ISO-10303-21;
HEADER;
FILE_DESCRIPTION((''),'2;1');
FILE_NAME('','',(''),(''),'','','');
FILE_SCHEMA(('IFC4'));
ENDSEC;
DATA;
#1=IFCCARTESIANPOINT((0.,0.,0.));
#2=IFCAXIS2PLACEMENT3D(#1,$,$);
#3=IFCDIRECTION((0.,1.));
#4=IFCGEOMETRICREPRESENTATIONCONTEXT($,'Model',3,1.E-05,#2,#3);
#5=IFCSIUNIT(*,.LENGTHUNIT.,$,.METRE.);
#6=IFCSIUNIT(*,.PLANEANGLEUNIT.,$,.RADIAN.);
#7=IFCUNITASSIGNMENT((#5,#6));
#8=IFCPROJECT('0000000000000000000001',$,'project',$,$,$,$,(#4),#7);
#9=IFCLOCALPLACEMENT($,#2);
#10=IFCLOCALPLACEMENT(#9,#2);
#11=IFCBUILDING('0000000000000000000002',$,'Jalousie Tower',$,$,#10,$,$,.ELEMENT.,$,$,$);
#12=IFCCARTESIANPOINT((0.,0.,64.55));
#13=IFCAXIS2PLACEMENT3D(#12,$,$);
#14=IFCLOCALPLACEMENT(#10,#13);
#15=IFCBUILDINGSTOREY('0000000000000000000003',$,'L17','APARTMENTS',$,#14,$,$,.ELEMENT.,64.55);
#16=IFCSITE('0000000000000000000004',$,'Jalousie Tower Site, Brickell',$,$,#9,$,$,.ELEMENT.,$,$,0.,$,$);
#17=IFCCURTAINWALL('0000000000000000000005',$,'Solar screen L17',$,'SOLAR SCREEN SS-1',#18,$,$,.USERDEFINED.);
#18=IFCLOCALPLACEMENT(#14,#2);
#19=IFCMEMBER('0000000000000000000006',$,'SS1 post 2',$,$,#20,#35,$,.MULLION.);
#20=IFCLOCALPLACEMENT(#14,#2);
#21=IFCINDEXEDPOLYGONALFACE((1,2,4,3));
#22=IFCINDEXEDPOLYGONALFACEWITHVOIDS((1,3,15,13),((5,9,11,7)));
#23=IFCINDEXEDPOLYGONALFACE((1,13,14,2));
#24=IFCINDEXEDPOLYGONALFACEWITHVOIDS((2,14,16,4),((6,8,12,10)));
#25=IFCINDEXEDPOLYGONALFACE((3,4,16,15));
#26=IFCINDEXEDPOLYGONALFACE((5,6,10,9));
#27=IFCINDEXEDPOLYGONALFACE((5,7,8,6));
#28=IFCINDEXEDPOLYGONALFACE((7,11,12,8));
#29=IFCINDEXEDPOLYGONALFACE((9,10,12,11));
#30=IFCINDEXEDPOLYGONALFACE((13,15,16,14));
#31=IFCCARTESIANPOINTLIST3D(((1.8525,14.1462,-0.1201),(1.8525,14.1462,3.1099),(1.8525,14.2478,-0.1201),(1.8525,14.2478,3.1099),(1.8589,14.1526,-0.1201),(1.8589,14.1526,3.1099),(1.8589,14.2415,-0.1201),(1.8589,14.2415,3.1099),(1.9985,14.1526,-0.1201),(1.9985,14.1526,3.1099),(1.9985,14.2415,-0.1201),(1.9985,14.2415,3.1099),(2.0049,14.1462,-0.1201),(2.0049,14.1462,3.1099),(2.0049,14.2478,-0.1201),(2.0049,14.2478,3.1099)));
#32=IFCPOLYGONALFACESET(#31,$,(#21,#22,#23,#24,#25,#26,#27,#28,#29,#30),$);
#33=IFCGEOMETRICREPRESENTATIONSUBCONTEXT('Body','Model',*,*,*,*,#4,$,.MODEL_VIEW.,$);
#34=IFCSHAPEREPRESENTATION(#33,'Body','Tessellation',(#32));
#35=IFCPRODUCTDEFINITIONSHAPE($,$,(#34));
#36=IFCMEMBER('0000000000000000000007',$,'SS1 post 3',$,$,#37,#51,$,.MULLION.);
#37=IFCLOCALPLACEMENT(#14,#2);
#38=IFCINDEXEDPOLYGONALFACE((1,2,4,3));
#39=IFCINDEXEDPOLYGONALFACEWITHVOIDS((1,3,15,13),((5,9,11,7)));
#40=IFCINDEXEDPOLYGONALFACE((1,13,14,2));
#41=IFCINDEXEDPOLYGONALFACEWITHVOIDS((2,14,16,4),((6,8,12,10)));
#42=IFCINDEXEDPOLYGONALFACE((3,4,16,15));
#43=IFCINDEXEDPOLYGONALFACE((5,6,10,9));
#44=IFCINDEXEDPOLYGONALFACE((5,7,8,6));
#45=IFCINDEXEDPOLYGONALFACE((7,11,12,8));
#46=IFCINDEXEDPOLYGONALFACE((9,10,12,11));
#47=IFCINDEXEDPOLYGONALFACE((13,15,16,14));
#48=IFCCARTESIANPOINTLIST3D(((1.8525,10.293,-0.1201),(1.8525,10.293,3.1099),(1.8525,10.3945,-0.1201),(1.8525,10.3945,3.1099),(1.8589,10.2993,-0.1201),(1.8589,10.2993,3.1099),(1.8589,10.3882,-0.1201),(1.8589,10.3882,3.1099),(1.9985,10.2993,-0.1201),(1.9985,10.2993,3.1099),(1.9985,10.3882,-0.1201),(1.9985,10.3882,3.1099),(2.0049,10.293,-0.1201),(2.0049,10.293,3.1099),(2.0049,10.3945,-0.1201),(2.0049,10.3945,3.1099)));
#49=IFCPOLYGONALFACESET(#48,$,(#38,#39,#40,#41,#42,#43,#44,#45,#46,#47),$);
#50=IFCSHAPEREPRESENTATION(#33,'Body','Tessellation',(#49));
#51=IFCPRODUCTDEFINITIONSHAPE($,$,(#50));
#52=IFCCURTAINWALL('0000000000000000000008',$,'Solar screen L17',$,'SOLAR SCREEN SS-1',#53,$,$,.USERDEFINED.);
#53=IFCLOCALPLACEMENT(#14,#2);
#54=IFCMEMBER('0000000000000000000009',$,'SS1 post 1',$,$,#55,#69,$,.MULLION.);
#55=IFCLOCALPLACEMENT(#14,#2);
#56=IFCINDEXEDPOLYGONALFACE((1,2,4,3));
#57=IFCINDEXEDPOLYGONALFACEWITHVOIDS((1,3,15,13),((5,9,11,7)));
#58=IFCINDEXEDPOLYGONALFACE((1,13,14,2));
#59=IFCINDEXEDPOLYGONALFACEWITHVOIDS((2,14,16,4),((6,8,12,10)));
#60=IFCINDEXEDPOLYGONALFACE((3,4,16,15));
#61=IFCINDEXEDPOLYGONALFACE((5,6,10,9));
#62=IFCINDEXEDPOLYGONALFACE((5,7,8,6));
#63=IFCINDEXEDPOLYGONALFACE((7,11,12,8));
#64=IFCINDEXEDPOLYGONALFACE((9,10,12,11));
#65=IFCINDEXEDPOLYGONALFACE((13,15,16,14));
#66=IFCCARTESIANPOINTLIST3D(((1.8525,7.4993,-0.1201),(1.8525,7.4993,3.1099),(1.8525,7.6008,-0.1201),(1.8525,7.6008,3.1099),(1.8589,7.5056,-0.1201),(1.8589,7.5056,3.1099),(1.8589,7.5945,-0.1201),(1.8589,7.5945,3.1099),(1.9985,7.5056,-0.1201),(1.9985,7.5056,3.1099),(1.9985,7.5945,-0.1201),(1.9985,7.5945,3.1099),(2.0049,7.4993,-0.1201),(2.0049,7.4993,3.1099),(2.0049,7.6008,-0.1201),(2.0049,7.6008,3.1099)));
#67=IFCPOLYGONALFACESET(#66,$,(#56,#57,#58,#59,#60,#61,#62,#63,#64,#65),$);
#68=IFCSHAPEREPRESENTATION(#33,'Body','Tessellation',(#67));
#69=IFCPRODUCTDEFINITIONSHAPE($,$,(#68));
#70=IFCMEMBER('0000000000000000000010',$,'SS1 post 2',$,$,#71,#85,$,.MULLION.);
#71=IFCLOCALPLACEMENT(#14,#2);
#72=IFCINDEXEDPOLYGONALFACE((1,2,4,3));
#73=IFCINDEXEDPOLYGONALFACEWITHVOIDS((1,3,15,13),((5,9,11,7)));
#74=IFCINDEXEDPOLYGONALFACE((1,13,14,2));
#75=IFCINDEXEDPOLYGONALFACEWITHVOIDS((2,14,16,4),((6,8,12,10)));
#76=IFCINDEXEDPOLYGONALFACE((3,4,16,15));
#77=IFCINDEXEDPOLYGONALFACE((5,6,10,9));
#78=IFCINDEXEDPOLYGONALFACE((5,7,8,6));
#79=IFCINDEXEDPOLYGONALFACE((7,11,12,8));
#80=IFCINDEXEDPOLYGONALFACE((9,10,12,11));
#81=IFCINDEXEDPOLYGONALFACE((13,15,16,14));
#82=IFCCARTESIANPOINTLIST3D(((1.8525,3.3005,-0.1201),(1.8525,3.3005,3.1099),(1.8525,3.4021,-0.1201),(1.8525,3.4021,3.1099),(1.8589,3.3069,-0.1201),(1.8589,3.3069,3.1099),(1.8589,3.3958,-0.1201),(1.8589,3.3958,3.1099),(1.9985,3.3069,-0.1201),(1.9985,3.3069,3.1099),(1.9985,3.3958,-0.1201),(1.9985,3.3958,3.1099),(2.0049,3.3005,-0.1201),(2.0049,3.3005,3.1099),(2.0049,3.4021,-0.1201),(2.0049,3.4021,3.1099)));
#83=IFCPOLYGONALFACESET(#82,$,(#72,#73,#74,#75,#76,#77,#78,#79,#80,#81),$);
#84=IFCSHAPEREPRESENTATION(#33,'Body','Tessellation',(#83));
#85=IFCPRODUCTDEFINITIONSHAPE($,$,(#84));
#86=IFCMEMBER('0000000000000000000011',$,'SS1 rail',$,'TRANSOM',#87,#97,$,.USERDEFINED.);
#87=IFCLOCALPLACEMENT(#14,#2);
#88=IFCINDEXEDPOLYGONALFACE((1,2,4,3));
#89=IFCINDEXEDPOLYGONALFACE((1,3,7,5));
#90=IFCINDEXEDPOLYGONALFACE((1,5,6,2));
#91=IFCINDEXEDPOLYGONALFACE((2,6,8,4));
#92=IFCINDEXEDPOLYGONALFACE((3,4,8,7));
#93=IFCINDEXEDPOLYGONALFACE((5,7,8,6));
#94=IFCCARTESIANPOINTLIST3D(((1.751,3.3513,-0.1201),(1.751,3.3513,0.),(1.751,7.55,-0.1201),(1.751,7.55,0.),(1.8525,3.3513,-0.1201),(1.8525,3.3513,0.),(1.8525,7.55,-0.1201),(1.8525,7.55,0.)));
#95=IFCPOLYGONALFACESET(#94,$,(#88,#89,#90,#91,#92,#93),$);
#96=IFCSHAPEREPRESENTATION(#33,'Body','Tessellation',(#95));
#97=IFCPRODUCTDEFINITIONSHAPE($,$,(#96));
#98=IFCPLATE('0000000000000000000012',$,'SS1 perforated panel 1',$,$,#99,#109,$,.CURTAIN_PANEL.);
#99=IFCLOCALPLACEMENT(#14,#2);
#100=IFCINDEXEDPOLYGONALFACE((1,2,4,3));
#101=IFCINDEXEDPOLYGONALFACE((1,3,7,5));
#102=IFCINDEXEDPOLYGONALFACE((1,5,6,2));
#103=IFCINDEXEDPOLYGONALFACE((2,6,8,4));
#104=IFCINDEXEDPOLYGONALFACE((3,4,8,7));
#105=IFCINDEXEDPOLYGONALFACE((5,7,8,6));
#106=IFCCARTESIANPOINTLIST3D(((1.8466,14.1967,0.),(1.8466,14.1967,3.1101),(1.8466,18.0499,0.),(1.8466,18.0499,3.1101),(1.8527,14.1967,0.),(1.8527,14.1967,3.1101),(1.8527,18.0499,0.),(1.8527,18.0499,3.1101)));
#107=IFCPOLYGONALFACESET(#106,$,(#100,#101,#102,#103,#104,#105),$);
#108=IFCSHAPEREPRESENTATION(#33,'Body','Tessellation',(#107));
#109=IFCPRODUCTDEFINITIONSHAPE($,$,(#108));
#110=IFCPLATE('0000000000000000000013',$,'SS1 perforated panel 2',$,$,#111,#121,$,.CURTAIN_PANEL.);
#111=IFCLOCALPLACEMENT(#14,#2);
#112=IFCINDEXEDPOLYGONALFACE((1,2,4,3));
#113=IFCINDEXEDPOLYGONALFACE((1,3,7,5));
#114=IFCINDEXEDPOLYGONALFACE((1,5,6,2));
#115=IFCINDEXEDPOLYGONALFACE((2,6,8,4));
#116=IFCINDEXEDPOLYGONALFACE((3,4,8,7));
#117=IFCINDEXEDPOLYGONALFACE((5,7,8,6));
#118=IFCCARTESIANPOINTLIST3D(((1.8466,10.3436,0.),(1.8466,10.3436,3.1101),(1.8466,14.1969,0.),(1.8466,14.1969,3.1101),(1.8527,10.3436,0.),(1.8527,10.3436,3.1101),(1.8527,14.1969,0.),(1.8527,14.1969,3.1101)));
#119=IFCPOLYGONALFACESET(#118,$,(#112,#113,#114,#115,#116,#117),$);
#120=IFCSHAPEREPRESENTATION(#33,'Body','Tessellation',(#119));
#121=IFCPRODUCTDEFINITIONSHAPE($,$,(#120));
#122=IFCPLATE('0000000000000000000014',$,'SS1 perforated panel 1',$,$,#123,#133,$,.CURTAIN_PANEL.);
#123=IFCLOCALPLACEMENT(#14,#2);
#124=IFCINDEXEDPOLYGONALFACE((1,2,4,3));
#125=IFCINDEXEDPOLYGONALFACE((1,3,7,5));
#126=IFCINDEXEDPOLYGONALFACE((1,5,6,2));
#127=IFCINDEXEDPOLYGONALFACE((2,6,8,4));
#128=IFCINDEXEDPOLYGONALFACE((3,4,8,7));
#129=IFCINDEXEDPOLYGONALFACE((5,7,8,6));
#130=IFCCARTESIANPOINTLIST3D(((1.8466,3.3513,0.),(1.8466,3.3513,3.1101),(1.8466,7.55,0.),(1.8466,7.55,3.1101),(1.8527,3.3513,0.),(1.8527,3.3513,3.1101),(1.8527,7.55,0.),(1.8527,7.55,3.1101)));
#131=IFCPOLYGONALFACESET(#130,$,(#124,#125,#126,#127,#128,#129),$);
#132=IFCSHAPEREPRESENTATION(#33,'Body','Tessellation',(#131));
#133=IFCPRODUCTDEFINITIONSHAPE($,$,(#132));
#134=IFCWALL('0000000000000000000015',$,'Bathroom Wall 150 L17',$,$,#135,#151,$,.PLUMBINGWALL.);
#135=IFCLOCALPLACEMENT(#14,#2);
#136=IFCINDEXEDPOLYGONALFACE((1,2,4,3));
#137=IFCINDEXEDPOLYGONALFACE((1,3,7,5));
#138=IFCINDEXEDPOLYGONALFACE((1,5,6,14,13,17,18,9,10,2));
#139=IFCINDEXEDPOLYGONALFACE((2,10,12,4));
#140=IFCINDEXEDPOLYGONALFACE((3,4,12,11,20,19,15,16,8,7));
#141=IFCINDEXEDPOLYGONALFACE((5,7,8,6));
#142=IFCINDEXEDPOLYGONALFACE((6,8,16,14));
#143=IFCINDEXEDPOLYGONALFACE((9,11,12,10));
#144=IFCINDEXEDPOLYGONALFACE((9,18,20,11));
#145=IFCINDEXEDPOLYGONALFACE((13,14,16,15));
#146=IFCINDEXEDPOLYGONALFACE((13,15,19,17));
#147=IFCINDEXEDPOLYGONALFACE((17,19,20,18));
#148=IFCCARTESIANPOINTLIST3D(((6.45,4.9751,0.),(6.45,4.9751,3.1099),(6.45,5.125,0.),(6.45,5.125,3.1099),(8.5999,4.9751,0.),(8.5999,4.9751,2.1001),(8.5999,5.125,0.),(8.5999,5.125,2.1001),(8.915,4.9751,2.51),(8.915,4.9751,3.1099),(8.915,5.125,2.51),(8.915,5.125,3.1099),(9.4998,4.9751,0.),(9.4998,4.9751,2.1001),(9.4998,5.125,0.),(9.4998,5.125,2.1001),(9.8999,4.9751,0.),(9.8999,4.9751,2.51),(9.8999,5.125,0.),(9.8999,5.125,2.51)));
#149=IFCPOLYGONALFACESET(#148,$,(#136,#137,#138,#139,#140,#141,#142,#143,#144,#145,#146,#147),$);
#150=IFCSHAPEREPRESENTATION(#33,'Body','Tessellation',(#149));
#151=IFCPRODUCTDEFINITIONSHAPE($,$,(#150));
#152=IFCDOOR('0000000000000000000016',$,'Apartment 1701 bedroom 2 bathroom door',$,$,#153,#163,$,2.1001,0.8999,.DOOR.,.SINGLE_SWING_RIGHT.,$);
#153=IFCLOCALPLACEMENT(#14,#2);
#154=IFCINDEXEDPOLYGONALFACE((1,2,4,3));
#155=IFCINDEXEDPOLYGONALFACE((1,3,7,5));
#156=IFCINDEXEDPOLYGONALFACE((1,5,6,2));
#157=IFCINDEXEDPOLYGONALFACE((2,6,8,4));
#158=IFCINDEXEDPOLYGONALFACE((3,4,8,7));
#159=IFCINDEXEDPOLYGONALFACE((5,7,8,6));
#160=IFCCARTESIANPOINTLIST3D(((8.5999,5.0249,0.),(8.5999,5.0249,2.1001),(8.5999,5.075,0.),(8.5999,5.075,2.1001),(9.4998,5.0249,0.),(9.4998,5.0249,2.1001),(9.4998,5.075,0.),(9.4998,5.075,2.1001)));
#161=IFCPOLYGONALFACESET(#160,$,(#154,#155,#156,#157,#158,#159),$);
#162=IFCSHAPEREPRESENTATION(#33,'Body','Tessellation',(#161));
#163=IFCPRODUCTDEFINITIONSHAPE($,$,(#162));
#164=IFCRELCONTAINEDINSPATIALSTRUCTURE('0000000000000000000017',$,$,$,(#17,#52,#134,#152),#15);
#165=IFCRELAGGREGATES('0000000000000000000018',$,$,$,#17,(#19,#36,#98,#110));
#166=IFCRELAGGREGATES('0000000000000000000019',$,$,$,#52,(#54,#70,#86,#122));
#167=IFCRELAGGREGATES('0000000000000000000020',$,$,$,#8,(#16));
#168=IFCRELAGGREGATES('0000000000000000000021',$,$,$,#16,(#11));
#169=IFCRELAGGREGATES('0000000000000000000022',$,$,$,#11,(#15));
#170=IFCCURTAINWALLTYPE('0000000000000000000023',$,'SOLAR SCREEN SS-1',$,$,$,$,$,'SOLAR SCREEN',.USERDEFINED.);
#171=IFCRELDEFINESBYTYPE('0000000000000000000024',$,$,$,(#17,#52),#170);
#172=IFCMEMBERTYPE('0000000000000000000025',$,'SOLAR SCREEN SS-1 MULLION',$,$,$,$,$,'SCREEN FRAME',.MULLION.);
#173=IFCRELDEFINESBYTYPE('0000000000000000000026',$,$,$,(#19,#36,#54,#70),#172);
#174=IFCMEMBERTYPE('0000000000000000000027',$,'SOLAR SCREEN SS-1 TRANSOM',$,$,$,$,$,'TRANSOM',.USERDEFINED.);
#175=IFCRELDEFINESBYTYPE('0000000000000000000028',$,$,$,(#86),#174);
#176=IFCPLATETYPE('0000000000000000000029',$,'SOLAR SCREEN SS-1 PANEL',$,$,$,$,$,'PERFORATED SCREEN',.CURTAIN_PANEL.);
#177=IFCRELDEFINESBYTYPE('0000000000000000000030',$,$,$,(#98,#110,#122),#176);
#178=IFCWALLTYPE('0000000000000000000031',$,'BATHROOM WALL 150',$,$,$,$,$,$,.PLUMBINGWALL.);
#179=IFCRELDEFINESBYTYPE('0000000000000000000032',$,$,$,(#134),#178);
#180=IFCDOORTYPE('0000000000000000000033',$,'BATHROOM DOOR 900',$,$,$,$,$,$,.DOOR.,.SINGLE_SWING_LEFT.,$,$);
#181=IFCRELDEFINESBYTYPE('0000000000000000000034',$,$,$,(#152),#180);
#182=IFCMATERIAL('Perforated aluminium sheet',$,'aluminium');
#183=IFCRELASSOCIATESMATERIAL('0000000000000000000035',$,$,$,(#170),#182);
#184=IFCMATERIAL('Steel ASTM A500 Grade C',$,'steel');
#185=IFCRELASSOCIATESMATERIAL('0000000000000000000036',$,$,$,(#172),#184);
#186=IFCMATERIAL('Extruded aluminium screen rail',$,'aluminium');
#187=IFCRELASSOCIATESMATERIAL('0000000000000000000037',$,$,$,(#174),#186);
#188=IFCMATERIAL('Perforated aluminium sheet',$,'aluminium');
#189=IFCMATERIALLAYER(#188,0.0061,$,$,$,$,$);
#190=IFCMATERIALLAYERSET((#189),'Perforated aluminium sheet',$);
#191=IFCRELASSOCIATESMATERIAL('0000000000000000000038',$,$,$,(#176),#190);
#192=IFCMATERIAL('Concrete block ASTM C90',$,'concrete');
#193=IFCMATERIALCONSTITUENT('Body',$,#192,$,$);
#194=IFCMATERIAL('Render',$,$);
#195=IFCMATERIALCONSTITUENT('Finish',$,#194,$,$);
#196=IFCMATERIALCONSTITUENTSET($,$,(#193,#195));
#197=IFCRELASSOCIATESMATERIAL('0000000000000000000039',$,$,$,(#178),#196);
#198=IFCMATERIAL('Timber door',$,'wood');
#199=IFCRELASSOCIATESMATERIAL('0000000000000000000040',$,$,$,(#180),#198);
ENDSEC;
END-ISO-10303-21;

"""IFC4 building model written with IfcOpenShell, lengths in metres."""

from ifc_helpers import new_model, si_unit, direction, frame, frame_2d, origin, origin_2d, place, context, subcontext, project, spatial, polyline, rectangle, hollow_rectangle, outline, extrude, material, layer, layer_set, constituent, constituent_set, material_profile, profile_set, type_object, element, fill, aggregate, save


model = new_model("IFC4")

# Units and contexts
model_context = context("Model", 3, precision=1e-05, world=origin(), true_north=direction((0.0, 1.0)))
body_context = subcontext(model_context, "Body", "Model", "MODEL_VIEW")
ifc_project = project(units=[si_unit("LENGTHUNIT", "METRE"), si_unit("PLANEANGLEUNIT", "RADIAN")], contexts=[model_context])

# Site, building, storey
site_placement = place(None, origin())
site = spatial("IfcSite", under=ifc_project, at=site_placement, Name="Jalousie Tower Site, Brickell", CompositionType="ELEMENT", RefElevation=0.0)
building_placement = place(site_placement, origin())
building = spatial("IfcBuilding", under=site, at=building_placement, Name="Jalousie Tower", CompositionType="ELEMENT")
storey_placement = place(building_placement, frame((0.0, 0.0, 64.55)))
storey = spatial("IfcBuildingStorey", under=building, at=storey_placement, Name="L17", Description="APARTMENTS", CompositionType="ELEMENT", Elevation=64.55)

# Curtain walls, members
ifc_material_1 = material(Name="Perforated aluminium sheet", Category="aluminium")
curtain_wall_type_1 = type_object("IfcCurtainWallType", Name="SOLAR SCREEN SS-1", ElementType="SOLAR SCREEN", PredefinedType="USERDEFINED", material=ifc_material_1)
curtain_wall_1_placement = place(storey_placement, origin())
curtain_wall_1 = element("IfcCurtainWall", 1, at=curtain_wall_1_placement, inside=storey, type_object=curtain_wall_type_1, Name="Solar screen L17", ObjectType="SOLAR SCREEN SS-1", PredefinedType="USERDEFINED")
ifc_material_2 = material(Name="Steel ASTM A500 Grade C", Category="steel")
ifc_material_profile_1 = material_profile(ifc_material_2, hollow_rectangle(XDim=0.1016, YDim=0.1523, WallThickness=0.0063, at=origin_2d()), Name="HSS6X4X1/4")
ifc_profile_set_1 = profile_set([ifc_material_profile_1], Name="Steel ASTM A500 Grade C")
member_type_1 = type_object("IfcMemberType", Name="SOLAR SCREEN SS-1 MULLION", ElementType="SCREEN FRAME", PredefinedType="MULLION", material=ifc_profile_set_1)
member_1_placement = place(storey_placement, frame((1.9287, 14.197, -0.1201), z_axis=(0.0, 0.0, 1.0), x_axis=(0.0, -1.0, 0.0)))
member_1 = element("IfcMember", 2, at=member_1_placement, type_object=member_type_1, Name="SS1 post 2", PredefinedType="MULLION", context=body_context, shape_type="SweptSolid", body=[
    extrude(hollow_rectangle(XDim=0.1016, YDim=0.1523, WallThickness=0.0063, at=origin_2d()), origin(), (0.0, 0.0, 1.0), 3.23),
])
member_2_placement = place(storey_placement, frame((1.9287, 10.3438, -0.1201), z_axis=(0.0, 0.0, 1.0), x_axis=(0.0, -1.0, 0.0)))
member_2 = element("IfcMember", 3, at=member_2_placement, type_object=member_type_1, Name="SS1 post 3", PredefinedType="MULLION", context=body_context, shape_type="SweptSolid", body=[
    extrude(hollow_rectangle(XDim=0.1016, YDim=0.1523, WallThickness=0.0063, at=origin_2d()), origin(), (0.0, 0.0, 1.0), 3.23),
])
curtain_wall_2_placement = place(storey_placement, origin())
curtain_wall_2 = element("IfcCurtainWall", 4, at=curtain_wall_2_placement, inside=storey, type_object=curtain_wall_type_1, Name="Solar screen L17", ObjectType="SOLAR SCREEN SS-1", PredefinedType="USERDEFINED")
member_3_placement = place(storey_placement, frame((1.9287, 7.55, -0.1201), z_axis=(0.0, 0.0, 1.0), x_axis=(0.0, -1.0, 0.0)))
member_3 = element("IfcMember", 5, at=member_3_placement, type_object=member_type_1, Name="SS1 post 1", PredefinedType="MULLION", context=body_context, shape_type="SweptSolid", body=[
    extrude(hollow_rectangle(XDim=0.1016, YDim=0.1523, WallThickness=0.0063, at=origin_2d()), origin(), (0.0, 0.0, 1.0), 3.23),
])
member_4_placement = place(storey_placement, frame((1.9287, 3.3513, -0.1201), z_axis=(0.0, 0.0, 1.0), x_axis=(0.0, -1.0, 0.0)))
member_4 = element("IfcMember", 6, at=member_4_placement, type_object=member_type_1, Name="SS1 post 2", PredefinedType="MULLION", context=body_context, shape_type="SweptSolid", body=[
    extrude(hollow_rectangle(XDim=0.1016, YDim=0.1523, WallThickness=0.0063, at=origin_2d()), origin(), (0.0, 0.0, 1.0), 3.23),
])
ifc_material_3 = material(Name="Extruded aluminium screen rail", Category="aluminium")
ifc_material_profile_2 = material_profile(ifc_material_3, rectangle(XDim=0.1016, YDim=0.1201, at=origin_2d()), Name="RAIL 102x120")
ifc_profile_set_2 = profile_set([ifc_material_profile_2], Name="Extruded aluminium screen rail")
member_type_2 = type_object("IfcMemberType", Name="SOLAR SCREEN SS-1 TRANSOM", ElementType="TRANSOM", PredefinedType="USERDEFINED", material=ifc_profile_set_2)
member_5_placement = place(storey_placement, frame((1.8018, 7.55, -0.0601), z_axis=(0.0, -1.0, 0.0), x_axis=(1.0, 0.0, 0.0)))
member_5 = element("IfcMember", 7, at=member_5_placement, type_object=member_type_2, Name="SS1 rail", ObjectType="TRANSOM", PredefinedType="USERDEFINED", context=body_context, shape_type="SweptSolid", body=[
    extrude(rectangle(XDim=0.1016, YDim=0.1201, at=origin_2d()), origin(), (0.0, 0.0, 1.0), 4.1987),
])

# Plates
ifc_material_4 = material(Name="Perforated aluminium sheet", Category="aluminium")
ifc_layer_1 = layer(ifc_material_4, 0.0061)
ifc_layer_set_1 = layer_set([ifc_layer_1], Name="Perforated aluminium sheet")
plate_type = type_object("IfcPlateType", Name="SOLAR SCREEN SS-1 PANEL", ElementType="PERFORATED SCREEN", PredefinedType="CURTAIN_PANEL", material=ifc_layer_set_1)
plate_1_placement = place(storey_placement, frame((1.8496, 16.1233, 0.0), z_axis=(0.0, 0.0, 1.0), x_axis=(0.0, -1.0, 0.0)))
plate_1 = element("IfcPlate", 8, at=plate_1_placement, type_object=plate_type, Name="SS1 perforated panel 1", PredefinedType="CURTAIN_PANEL", context=body_context, shape_type="SweptSolid", body=[
    extrude(rectangle(XDim=3.8533, YDim=0.0061, at=origin_2d()), origin(), (0.0, 0.0, 1.0), 3.1101),
])
plate_2_placement = place(storey_placement, frame((1.8496, 12.2703, 0.0), z_axis=(0.0, 0.0, 1.0), x_axis=(0.0, -1.0, 0.0)))
plate_2 = element("IfcPlate", 9, at=plate_2_placement, type_object=plate_type, Name="SS1 perforated panel 2", PredefinedType="CURTAIN_PANEL", context=body_context, shape_type="SweptSolid", body=[
    extrude(rectangle(XDim=3.8533, YDim=0.0061, at=origin_2d()), origin(), (0.0, 0.0, 1.0), 3.1101),
])
aggregate(curtain_wall_1, [member_1, member_2, plate_1, plate_2])
plate_3_placement = place(storey_placement, frame((1.8496, 5.4507, 0.0), z_axis=(0.0, 0.0, 1.0), x_axis=(0.0, -1.0, 0.0)))
plate_3 = element("IfcPlate", 10, at=plate_3_placement, type_object=plate_type, Name="SS1 perforated panel 1", PredefinedType="CURTAIN_PANEL", context=body_context, shape_type="SweptSolid", body=[
    extrude(rectangle(XDim=4.1987, YDim=0.0061, at=origin_2d()), origin(), (0.0, 0.0, 1.0), 3.1101),
])
aggregate(curtain_wall_2, [member_3, member_4, member_5, plate_3])

# Wall, opening, door
ifc_material_5 = material(Name="Concrete block ASTM C90", Category="concrete")
ifc_constituent_1 = constituent(ifc_material_5, Name="Body")
ifc_material_6 = material(Name="Render")
ifc_constituent_2 = constituent(ifc_material_6, Name="Finish")
ifc_constituent_set_1 = constituent_set(constituents=[ifc_constituent_1, ifc_constituent_2])
wall_type_1 = type_object("IfcWallType", Name="BATHROOM WALL 150", PredefinedType="PLUMBINGWALL", material=ifc_constituent_set_1)
wall_1_placement = place(storey_placement, frame((6.45, 5.05, 0.0), z_axis=(0.0, 0.0, 1.0), x_axis=(1.0, 0.0, 0.0)))
wall_1 = element("IfcWall", 11, at=wall_1_placement, inside=storey, type_object=wall_type_1, Name="Bathroom Wall 150 L17", PredefinedType="PLUMBINGWALL", context=body_context, shape_type="SweptSolid", body=[
    extrude(outline(polyline([(0.0, 0.0), (3.45, 0.0), (3.45, 3.1099), (3.45, 2.51), (2.4651, 2.51), (2.4651, 3.1099), (0.0, 3.1099), (0.0, 0.0)])), frame((0.0, 0.075, 0.0), z_axis=(0.0, -1.0, 0.0), x_axis=(1.0, 0.0, 0.0)), (0.0, 0.0, 1.0), 0.1499),
])
opening_1_placement = place(wall_1_placement, frame((2.1499, 0.0, 0.0)))
opening_1 = element("IfcOpeningElement", 12, at=opening_1_placement, cuts=wall_1, PredefinedType="OPENING", context=body_context, shape_type="SweptSolid", body=[
    extrude(rectangle(XDim=0.8999, YDim=2.1001, at=frame_2d((0.45, 1.05))), frame((0.0, 0.085, 0.0), z_axis=(0.0, -1.0, 0.0), x_axis=(1.0, 0.0, 0.0)), (0.0, 0.0, 1.0), 0.1699),
])
ifc_material_7 = material(Name="Timber door", Category="wood")
door_type_1 = type_object("IfcDoorType", Name="BATHROOM DOOR 900", OperationType="SINGLE_SWING_LEFT", PredefinedType="DOOR", material=ifc_material_7)
door_1_placement = place(opening_1_placement, origin())
door_1 = element("IfcDoor", 13, at=door_1_placement, inside=storey, type_object=door_type_1, Name="Apartment 1701 bedroom 2 bathroom door", OperationType="SINGLE_SWING_RIGHT", OverallHeight=2.1001, OverallWidth=0.8999, PredefinedType="DOOR", context=body_context, shape_type="SweptSolid", body=[
    extrude(rectangle(XDim=0.8999, YDim=2.1001, at=frame_2d((0.45, 1.05))), frame((0.0, 0.0249, 0.0), z_axis=(0.0, -1.0, 0.0), x_axis=(1.0, 0.0, 0.0)), (0.0, 0.0, 1.0), 0.05),
])
fill(opening_1, door_1)

save(model, "model.ifc")
